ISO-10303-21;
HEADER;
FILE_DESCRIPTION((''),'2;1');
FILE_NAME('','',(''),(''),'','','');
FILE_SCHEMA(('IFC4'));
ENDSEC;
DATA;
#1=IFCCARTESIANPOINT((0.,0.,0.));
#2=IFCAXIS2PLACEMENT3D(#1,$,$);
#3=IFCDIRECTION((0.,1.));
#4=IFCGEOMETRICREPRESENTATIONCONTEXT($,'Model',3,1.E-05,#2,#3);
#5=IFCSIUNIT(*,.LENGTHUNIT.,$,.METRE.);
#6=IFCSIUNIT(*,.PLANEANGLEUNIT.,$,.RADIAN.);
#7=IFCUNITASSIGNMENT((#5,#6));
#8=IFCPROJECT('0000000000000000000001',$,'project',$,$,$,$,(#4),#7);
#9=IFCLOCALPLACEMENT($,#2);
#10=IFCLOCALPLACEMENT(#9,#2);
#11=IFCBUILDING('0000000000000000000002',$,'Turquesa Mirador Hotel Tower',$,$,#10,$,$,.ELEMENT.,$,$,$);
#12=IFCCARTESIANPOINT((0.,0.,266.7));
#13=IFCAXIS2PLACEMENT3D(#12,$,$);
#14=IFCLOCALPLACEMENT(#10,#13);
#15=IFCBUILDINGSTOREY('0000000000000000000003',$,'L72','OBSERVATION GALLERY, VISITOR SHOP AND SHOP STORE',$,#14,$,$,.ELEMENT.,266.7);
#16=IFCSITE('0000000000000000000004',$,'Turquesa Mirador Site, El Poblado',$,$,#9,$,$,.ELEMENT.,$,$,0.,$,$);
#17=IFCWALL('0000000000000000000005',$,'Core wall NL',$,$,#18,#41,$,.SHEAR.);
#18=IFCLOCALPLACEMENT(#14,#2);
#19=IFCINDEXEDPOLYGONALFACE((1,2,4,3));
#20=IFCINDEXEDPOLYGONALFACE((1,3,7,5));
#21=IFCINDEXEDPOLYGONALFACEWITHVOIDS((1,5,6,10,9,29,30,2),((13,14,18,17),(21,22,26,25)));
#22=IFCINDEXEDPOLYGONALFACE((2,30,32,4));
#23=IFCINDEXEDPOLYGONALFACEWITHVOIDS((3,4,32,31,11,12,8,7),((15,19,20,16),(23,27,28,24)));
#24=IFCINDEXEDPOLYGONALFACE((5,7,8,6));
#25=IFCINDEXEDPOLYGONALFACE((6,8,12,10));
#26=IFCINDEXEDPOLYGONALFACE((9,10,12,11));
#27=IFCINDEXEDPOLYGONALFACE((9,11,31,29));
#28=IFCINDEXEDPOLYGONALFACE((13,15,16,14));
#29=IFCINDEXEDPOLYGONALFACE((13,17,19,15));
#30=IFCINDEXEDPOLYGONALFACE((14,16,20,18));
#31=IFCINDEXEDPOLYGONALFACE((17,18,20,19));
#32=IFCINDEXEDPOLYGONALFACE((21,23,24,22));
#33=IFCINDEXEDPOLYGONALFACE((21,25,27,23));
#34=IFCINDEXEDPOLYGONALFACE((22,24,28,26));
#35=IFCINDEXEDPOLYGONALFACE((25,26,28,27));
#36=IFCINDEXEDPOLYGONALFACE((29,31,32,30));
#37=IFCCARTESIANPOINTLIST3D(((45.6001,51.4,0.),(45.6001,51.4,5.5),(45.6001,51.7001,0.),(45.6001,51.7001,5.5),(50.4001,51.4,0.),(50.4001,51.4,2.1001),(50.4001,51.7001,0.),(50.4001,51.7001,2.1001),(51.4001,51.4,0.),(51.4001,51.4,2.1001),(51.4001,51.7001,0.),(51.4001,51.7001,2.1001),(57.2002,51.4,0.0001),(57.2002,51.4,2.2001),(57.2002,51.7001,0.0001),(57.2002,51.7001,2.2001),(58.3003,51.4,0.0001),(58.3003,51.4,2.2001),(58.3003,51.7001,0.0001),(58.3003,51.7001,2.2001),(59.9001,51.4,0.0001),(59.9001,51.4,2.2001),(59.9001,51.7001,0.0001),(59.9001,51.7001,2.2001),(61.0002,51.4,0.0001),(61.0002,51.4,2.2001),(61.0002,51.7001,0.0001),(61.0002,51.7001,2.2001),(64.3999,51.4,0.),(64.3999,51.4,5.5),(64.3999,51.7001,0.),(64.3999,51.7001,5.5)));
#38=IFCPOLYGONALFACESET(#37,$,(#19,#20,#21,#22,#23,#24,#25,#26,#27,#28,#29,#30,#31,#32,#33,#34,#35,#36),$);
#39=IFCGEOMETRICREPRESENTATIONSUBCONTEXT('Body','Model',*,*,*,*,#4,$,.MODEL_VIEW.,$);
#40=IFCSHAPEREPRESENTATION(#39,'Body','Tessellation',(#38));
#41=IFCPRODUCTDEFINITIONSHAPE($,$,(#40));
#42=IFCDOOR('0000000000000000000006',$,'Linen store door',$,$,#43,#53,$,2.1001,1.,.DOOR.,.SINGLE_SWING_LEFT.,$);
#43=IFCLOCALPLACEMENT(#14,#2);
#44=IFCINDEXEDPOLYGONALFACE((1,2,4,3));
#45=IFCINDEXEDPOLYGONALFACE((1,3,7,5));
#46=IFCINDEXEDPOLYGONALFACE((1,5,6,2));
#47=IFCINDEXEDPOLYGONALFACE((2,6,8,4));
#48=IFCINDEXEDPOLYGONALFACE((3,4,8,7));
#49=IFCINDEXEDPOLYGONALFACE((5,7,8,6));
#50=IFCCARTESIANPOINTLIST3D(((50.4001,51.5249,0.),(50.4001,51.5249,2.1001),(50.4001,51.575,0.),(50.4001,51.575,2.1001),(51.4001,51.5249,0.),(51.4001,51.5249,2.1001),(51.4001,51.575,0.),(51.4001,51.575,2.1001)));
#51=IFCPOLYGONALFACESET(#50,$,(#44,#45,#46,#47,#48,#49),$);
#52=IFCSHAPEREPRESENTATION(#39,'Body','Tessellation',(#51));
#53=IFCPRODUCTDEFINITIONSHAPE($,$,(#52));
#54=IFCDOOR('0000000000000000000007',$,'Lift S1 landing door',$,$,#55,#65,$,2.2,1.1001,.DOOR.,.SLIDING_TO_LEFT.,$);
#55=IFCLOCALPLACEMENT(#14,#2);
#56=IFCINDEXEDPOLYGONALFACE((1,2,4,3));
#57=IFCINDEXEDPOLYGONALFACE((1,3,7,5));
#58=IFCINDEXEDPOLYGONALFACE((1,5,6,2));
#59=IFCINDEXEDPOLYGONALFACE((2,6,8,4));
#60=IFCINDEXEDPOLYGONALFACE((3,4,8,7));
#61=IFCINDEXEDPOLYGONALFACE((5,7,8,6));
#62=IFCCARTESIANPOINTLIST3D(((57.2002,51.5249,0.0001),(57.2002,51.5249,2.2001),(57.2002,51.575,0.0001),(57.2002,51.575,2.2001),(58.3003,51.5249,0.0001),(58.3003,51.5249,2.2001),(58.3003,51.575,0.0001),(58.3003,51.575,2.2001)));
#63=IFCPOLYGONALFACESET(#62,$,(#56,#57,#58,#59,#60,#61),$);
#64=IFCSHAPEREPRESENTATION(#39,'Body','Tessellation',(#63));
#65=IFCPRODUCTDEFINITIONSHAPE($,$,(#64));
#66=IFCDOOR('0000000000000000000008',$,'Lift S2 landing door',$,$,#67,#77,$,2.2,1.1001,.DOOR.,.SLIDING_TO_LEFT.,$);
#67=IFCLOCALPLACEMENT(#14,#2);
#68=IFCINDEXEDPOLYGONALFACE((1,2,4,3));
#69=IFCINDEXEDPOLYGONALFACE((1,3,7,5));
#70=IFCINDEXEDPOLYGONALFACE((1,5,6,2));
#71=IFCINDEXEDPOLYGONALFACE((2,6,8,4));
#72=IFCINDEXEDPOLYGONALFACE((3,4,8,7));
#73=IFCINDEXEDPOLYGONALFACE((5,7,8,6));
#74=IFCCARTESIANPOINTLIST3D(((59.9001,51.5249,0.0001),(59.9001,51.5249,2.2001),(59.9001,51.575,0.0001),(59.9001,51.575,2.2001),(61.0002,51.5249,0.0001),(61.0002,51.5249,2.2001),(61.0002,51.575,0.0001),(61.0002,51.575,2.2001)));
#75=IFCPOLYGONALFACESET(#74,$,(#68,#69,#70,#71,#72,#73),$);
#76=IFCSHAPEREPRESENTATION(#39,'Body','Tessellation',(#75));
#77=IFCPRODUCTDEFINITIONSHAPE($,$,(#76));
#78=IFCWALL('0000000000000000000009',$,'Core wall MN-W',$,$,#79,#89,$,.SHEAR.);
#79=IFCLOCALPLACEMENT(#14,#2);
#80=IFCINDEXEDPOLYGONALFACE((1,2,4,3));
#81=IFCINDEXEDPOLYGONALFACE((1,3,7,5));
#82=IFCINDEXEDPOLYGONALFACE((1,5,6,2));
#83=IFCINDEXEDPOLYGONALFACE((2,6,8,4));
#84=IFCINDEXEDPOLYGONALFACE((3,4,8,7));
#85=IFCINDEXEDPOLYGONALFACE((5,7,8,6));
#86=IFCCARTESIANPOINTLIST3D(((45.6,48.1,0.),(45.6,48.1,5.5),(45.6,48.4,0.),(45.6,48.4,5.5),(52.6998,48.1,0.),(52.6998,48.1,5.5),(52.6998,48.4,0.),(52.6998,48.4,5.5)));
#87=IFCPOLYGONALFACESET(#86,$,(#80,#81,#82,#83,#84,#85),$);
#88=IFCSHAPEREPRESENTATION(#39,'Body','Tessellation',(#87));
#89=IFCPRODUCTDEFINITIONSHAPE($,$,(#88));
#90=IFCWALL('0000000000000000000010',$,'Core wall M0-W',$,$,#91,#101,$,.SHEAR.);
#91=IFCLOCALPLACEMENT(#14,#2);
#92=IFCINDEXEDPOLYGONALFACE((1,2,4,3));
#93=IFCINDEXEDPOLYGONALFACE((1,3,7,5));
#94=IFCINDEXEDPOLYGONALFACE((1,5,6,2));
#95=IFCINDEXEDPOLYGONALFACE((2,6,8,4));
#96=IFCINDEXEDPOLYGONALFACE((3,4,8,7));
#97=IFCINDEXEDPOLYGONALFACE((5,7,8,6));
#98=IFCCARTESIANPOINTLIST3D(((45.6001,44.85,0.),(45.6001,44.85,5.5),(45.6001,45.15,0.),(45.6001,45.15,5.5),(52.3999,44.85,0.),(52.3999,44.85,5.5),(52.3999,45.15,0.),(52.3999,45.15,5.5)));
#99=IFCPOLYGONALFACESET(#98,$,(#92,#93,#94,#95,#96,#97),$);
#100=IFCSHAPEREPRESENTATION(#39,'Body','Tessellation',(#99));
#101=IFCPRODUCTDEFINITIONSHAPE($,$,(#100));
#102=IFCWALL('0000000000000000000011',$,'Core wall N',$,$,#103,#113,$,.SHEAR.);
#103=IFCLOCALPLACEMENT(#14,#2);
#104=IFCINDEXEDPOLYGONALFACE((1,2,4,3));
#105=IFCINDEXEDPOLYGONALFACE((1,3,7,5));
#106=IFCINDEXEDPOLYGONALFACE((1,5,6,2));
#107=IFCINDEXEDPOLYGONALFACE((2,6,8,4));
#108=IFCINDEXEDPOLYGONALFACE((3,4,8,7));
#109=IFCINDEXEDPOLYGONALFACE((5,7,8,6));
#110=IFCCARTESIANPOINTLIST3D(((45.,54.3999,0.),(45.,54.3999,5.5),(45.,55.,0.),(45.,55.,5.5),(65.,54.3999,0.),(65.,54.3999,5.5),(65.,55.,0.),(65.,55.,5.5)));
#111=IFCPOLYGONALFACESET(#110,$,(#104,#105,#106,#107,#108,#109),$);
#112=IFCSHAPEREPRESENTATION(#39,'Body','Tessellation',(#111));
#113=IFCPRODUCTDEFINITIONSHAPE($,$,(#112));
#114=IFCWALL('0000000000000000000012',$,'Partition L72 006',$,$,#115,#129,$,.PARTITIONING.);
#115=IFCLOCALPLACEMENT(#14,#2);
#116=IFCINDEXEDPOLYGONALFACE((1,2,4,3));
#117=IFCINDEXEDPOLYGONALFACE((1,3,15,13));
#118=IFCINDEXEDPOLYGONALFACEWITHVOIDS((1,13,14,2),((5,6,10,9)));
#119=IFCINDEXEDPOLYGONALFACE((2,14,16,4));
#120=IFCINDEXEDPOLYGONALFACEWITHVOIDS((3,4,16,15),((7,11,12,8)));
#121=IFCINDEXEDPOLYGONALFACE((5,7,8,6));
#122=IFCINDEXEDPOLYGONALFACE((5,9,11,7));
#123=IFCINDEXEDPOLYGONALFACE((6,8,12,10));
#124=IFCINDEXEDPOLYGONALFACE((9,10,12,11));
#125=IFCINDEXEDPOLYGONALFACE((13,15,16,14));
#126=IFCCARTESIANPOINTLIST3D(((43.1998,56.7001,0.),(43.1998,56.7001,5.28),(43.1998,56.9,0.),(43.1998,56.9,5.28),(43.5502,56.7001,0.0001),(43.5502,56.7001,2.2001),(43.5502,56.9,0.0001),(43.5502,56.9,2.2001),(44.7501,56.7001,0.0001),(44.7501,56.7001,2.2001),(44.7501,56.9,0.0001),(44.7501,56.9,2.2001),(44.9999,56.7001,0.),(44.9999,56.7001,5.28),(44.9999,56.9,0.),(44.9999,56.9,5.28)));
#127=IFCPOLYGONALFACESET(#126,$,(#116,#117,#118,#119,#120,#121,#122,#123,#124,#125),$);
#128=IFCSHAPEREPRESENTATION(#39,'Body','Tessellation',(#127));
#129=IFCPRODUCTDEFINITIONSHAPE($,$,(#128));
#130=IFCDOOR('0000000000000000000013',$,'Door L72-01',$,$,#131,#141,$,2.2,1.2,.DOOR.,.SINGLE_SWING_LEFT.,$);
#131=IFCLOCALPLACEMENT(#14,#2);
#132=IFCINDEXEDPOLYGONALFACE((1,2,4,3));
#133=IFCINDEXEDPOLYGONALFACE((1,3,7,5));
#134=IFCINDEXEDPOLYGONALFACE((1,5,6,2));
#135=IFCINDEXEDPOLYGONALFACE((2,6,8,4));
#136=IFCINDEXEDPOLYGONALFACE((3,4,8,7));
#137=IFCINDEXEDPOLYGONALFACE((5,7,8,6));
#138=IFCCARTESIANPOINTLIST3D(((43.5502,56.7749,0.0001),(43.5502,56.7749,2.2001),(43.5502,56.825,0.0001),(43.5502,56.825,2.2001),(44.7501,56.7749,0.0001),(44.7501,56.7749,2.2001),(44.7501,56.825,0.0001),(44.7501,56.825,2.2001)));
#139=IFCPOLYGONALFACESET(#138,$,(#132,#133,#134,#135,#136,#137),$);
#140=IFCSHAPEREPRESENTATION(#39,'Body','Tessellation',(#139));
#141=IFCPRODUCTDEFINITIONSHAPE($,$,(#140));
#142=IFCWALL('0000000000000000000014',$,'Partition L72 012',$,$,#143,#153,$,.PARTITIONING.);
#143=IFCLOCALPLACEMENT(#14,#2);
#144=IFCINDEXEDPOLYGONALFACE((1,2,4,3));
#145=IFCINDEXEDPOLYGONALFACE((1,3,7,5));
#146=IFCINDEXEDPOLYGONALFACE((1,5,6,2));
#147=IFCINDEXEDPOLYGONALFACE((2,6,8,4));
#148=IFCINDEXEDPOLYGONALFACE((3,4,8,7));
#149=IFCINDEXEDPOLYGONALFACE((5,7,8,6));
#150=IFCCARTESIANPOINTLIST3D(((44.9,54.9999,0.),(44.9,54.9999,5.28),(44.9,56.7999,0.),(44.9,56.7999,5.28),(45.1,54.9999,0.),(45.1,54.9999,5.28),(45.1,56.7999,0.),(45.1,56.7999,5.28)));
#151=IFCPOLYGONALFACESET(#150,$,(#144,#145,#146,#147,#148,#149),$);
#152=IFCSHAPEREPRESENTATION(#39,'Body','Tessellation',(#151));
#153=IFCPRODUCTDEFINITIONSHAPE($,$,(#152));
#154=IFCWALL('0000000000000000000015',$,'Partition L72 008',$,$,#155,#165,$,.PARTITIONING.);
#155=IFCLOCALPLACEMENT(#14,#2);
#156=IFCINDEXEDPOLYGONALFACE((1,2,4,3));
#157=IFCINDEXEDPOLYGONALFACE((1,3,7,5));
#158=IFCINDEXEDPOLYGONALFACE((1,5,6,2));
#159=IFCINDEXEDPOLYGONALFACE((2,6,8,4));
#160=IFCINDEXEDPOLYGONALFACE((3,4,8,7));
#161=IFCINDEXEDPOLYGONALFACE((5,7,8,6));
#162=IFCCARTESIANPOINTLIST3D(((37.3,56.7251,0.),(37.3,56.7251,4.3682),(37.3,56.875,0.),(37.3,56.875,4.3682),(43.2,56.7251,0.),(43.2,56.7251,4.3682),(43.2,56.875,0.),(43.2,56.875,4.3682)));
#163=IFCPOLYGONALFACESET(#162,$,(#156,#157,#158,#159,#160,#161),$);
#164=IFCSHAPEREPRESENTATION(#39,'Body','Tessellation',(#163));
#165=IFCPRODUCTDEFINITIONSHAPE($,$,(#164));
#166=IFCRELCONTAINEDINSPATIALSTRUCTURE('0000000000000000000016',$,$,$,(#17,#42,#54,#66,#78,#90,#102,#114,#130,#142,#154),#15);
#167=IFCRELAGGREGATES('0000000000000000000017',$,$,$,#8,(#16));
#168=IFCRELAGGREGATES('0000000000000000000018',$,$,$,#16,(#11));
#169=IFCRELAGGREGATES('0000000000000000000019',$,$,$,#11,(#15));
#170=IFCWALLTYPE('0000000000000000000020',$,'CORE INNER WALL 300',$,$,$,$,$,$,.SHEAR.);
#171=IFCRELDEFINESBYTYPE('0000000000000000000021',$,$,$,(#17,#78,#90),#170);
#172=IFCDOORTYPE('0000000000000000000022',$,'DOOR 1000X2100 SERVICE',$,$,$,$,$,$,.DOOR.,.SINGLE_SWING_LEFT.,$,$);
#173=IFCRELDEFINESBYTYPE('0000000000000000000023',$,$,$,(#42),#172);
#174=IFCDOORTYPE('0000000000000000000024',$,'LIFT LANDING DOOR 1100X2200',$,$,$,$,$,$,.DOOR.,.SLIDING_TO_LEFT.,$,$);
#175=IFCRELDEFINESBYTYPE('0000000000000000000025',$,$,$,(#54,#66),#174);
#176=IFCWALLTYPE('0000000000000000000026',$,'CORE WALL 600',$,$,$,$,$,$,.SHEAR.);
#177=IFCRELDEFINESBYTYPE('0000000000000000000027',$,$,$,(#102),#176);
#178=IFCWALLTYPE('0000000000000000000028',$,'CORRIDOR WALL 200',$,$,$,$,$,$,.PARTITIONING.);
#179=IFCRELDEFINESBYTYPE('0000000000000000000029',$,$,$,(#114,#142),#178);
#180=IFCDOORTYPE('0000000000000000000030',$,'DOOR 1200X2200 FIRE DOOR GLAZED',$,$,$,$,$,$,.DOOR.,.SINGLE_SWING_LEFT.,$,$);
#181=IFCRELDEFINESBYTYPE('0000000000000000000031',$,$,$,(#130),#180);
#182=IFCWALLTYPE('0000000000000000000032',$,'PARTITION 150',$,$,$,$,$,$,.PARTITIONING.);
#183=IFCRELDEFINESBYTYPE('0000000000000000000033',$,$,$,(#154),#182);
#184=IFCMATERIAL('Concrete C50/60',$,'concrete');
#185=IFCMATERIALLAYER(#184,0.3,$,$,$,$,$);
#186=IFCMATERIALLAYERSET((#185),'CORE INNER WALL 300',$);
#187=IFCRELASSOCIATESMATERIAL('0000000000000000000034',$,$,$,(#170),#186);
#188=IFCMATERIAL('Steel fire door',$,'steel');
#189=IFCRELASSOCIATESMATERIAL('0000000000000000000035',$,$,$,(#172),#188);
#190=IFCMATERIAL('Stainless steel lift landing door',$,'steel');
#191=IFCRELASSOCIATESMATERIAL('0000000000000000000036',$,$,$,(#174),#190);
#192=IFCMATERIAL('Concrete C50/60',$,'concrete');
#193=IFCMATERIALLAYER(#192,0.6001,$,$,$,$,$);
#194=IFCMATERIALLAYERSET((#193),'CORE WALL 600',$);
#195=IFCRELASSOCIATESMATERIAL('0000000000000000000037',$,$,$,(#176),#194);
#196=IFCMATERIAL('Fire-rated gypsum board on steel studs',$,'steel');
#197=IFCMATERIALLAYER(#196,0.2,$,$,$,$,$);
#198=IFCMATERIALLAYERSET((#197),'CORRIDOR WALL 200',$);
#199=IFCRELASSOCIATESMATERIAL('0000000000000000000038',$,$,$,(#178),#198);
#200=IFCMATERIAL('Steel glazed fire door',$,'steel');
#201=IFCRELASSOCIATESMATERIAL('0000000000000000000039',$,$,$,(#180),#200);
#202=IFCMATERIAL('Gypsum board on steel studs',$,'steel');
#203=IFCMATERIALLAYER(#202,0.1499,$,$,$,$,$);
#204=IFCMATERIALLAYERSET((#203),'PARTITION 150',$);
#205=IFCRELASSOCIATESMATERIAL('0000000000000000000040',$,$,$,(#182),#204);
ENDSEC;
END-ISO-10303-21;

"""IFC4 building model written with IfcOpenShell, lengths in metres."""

from ifc_helpers import new_model, si_unit, direction, frame, frame_2d, origin, place, context, subcontext, project, spatial, rectangle, extrude, material, layer, layer_set, type_object, element, fill, save


model = new_model("IFC4")

# Units and contexts
model_context = context("Model", 3, precision=1e-05, world=origin(), true_north=direction((0.0, 1.0)))
body_context = subcontext(model_context, "Body", "Model", "MODEL_VIEW")
ifc_project = project(units=[si_unit("LENGTHUNIT", "METRE"), si_unit("PLANEANGLEUNIT", "RADIAN")], contexts=[model_context])

# Site, building, storey
site_placement = place(None, origin())
site = spatial("IfcSite", under=ifc_project, at=site_placement, Name="Turquesa Mirador Site, El Poblado", CompositionType="ELEMENT", RefElevation=0.0)
building_placement = place(site_placement, origin())
building = spatial("IfcBuilding", under=site, at=building_placement, Name="Turquesa Mirador Hotel Tower", CompositionType="ELEMENT")
storey_placement = place(building_placement, frame((0.0, 0.0, 266.7)))
storey = spatial("IfcBuildingStorey", under=building, at=storey_placement, Name="L72", Description="OBSERVATION GALLERY, VISITOR SHOP AND SHOP STORE", CompositionType="ELEMENT", Elevation=266.7)

# Wall, openings, doors
ifc_material_1 = material(Name="Concrete C50/60", Category="concrete")
ifc_layer_1 = layer(ifc_material_1, 0.3)
ifc_layer_set_1 = layer_set([ifc_layer_1], Name="CORE INNER WALL 300")
wall_type_1 = type_object("IfcWallType", Name="CORE INNER WALL 300", PredefinedType="SHEAR", material=ifc_layer_set_1)
wall_1_placement = place(storey_placement, frame((45.6001, 51.55, 0.0), z_axis=(0.0, 0.0, 1.0), x_axis=(1.0, 0.0, 0.0)))
wall_1 = element("IfcWall", 1, at=wall_1_placement, inside=storey, type_object=wall_type_1, Name="Core wall NL", PredefinedType="SHEAR", context=body_context, shape_type="SweptSolid", body=[
    extrude(rectangle(XDim=18.7998, YDim=0.3, at=frame_2d((9.3999, 0.0))), origin(), (0.0, 0.0, 1.0), 5.5),
])
opening_1_placement = place(wall_1_placement, frame((4.8, 0.0, 0.0)))
opening_1 = element("IfcOpeningElement", 2, at=opening_1_placement, cuts=wall_1, PredefinedType="OPENING", context=body_context, shape_type="SweptSolid", body=[
    extrude(rectangle(XDim=1.0, YDim=2.1001, at=frame_2d((0.5, 1.05))), frame((0.0, 0.1599, 0.0), z_axis=(0.0, -1.0, 0.0), x_axis=(1.0, 0.0, 0.0)), (0.0, 0.0, 1.0), 0.3201),
])
opening_2_placement = place(wall_1_placement, frame((11.6001, 0.0, 0.0)))
opening_2 = element("IfcOpeningElement", 3, at=opening_2_placement, cuts=wall_1, PredefinedType="OPENING", context=body_context, shape_type="SweptSolid", body=[
    extrude(rectangle(XDim=1.1001, YDim=2.2, at=frame_2d((0.55, 1.1001))), frame((0.0, 0.1599, 0.0), z_axis=(0.0, -1.0, 0.0), x_axis=(1.0, 0.0, 0.0)), (0.0, 0.0, 1.0), 0.3201),
])
opening_3_placement = place(wall_1_placement, frame((14.3, 0.0, 0.0)))
opening_3 = element("IfcOpeningElement", 4, at=opening_3_placement, cuts=wall_1, PredefinedType="OPENING", context=body_context, shape_type="SweptSolid", body=[
    extrude(rectangle(XDim=1.1001, YDim=2.2, at=frame_2d((0.55, 1.1001))), frame((0.0, 0.1599, 0.0), z_axis=(0.0, -1.0, 0.0), x_axis=(1.0, 0.0, 0.0)), (0.0, 0.0, 1.0), 0.3201),
])
ifc_material_2 = material(Name="Steel fire door", Category="steel")
door_type_1 = type_object("IfcDoorType", Name="DOOR 1000X2100 SERVICE", OperationType="SINGLE_SWING_LEFT", PredefinedType="DOOR", material=ifc_material_2)
door_1_placement = place(opening_1_placement, origin())
door_1 = element("IfcDoor", 5, at=door_1_placement, inside=storey, type_object=door_type_1, Name="Linen store door", OperationType="SINGLE_SWING_LEFT", OverallHeight=2.1001, OverallWidth=1.0, PredefinedType="DOOR", context=body_context, shape_type="SweptSolid", body=[
    extrude(rectangle(XDim=1.0, YDim=2.1001, at=frame_2d((0.5, 1.05))), frame((0.0, 0.0249, 0.0), z_axis=(0.0, -1.0, 0.0), x_axis=(1.0, 0.0, 0.0)), (0.0, 0.0, 1.0), 0.05),
])
fill(opening_1, door_1)
ifc_material_3 = material(Name="Stainless steel lift landing door", Category="steel")
door_type_2 = type_object("IfcDoorType", Name="LIFT LANDING DOOR 1100X2200", OperationType="SLIDING_TO_LEFT", PredefinedType="DOOR", material=ifc_material_3)
door_2_placement = place(opening_2_placement, origin())
door_2 = element("IfcDoor", 6, at=door_2_placement, inside=storey, type_object=door_type_2, Name="Lift S1 landing door", OperationType="SLIDING_TO_LEFT", OverallHeight=2.2, OverallWidth=1.1001, PredefinedType="DOOR", context=body_context, shape_type="SweptSolid", body=[
    extrude(rectangle(XDim=1.1001, YDim=2.2, at=frame_2d((0.55, 1.1001))), frame((0.0, 0.0249, 0.0), z_axis=(0.0, -1.0, 0.0), x_axis=(1.0, 0.0, 0.0)), (0.0, 0.0, 1.0), 0.05),
])
fill(opening_2, door_2)
door_3_placement = place(opening_3_placement, origin())
door_3 = element("IfcDoor", 7, at=door_3_placement, inside=storey, type_object=door_type_2, Name="Lift S2 landing door", OperationType="SLIDING_TO_LEFT", OverallHeight=2.2, OverallWidth=1.1001, PredefinedType="DOOR", context=body_context, shape_type="SweptSolid", body=[
    extrude(rectangle(XDim=1.1001, YDim=2.2, at=frame_2d((0.55, 1.1001))), frame((0.0, 0.0249, 0.0), z_axis=(0.0, -1.0, 0.0), x_axis=(1.0, 0.0, 0.0)), (0.0, 0.0, 1.0), 0.05),
])
fill(opening_3, door_3)

# Walls
wall_2_placement = place(storey_placement, frame((45.6001, 48.25, 0.0), z_axis=(0.0, 0.0, 1.0), x_axis=(1.0, 0.0, 0.0)))
element("IfcWall", 8, at=wall_2_placement, inside=storey, type_object=wall_type_1, Name="Core wall MN-W", PredefinedType="SHEAR", context=body_context, shape_type="SweptSolid", body=[
    extrude(rectangle(XDim=7.0999, YDim=0.3, at=frame_2d((3.5498, 0.0))), origin(), (0.0, 0.0, 1.0), 5.5),
])
wall_3_placement = place(storey_placement, frame((45.6001, 45.0, 0.0), z_axis=(0.0, 0.0, 1.0), x_axis=(1.0, 0.0, 0.0)))
element("IfcWall", 9, at=wall_3_placement, inside=storey, type_object=wall_type_1, Name="Core wall M0-W", PredefinedType="SHEAR", context=body_context, shape_type="SweptSolid", body=[
    extrude(rectangle(XDim=6.7998, YDim=0.3, at=frame_2d((3.3999, 0.0))), origin(), (0.0, 0.0, 1.0), 5.5),
])
ifc_material_4 = material(Name="Concrete C50/60", Category="concrete")
ifc_layer_2 = layer(ifc_material_4, 0.6001)
ifc_layer_set_2 = layer_set([ifc_layer_2], Name="CORE WALL 600")
wall_type_2 = type_object("IfcWallType", Name="CORE WALL 600", PredefinedType="SHEAR", material=ifc_layer_set_2)
wall_4_placement = place(storey_placement, frame((45.0, 54.7, 0.0), z_axis=(0.0, 0.0, 1.0), x_axis=(1.0, 0.0, 0.0)))
element("IfcWall", 10, at=wall_4_placement, inside=storey, type_object=wall_type_2, Name="Core wall N", PredefinedType="SHEAR", context=body_context, shape_type="SweptSolid", body=[
    extrude(rectangle(XDim=20.0, YDim=0.6001, at=frame_2d((10.0, 0.0))), origin(), (0.0, 0.0, 1.0), 5.5),
])

# Wall, opening, door
ifc_material_5 = material(Name="Fire-rated gypsum board on steel studs", Category="steel")
ifc_layer_3 = layer(ifc_material_5, 0.2)
ifc_layer_set_3 = layer_set([ifc_layer_3], Name="CORRIDOR WALL 200")
wall_type_3 = type_object("IfcWallType", Name="CORRIDOR WALL 200", PredefinedType="PARTITIONING", material=ifc_layer_set_3)
wall_5_placement = place(storey_placement, frame((43.2, 56.8, 0.0), z_axis=(0.0, 0.0, 1.0), x_axis=(1.0, 0.0, 0.0)))
wall_5 = element("IfcWall", 11, at=wall_5_placement, inside=storey, type_object=wall_type_3, Name="Partition L72 006", PredefinedType="PARTITIONING", context=body_context, shape_type="SweptSolid", body=[
    extrude(rectangle(XDim=1.8, YDim=0.2, at=frame_2d((0.8999, 0.0))), origin(), (0.0, 0.0, 1.0), 5.28),
])
opening_4_placement = place(wall_5_placement, frame((0.3501, 0.0, 0.0)))
opening_4 = element("IfcOpeningElement", 12, at=opening_4_placement, cuts=wall_5, PredefinedType="OPENING", context=body_context, shape_type="SweptSolid", body=[
    extrude(rectangle(XDim=1.2, YDim=2.2, at=frame_2d((0.6001, 1.1001))), frame((0.0, 0.1099, 0.0), z_axis=(0.0, -1.0, 0.0), x_axis=(1.0, 0.0, 0.0)), (0.0, 0.0, 1.0), 0.22),
])
ifc_material_6 = material(Name="Steel glazed fire door", Category="steel")
door_type_3 = type_object("IfcDoorType", Name="DOOR 1200X2200 FIRE DOOR GLAZED", OperationType="SINGLE_SWING_LEFT", PredefinedType="DOOR", material=ifc_material_6)
door_4_placement = place(opening_4_placement, origin())
door_4 = element("IfcDoor", 13, at=door_4_placement, inside=storey, type_object=door_type_3, Name="Door L72-01", OperationType="SINGLE_SWING_LEFT", OverallHeight=2.2, OverallWidth=1.2, PredefinedType="DOOR", context=body_context, shape_type="SweptSolid", body=[
    extrude(rectangle(XDim=1.2, YDim=2.2, at=frame_2d((0.6001, 1.1001))), frame((0.0, 0.0249, 0.0), z_axis=(0.0, -1.0, 0.0), x_axis=(1.0, 0.0, 0.0)), (0.0, 0.0, 1.0), 0.05),
])
fill(opening_4, door_4)

# Walls
wall_6_placement = place(storey_placement, frame((45.0, 55.0, 0.0), z_axis=(0.0, 0.0, 1.0), x_axis=(0.0, 1.0, 0.0)))
element("IfcWall", 14, at=wall_6_placement, inside=storey, type_object=wall_type_3, Name="Partition L72 012", PredefinedType="PARTITIONING", context=body_context, shape_type="SweptSolid", body=[
    extrude(rectangle(XDim=1.8, YDim=0.2, at=frame_2d((0.8999, 0.0))), origin(), (0.0, 0.0, 1.0), 5.28),
])
ifc_material_7 = material(Name="Gypsum board on steel studs", Category="steel")
ifc_layer_4 = layer(ifc_material_7, 0.1499)
ifc_layer_set_4 = layer_set([ifc_layer_4], Name="PARTITION 150")
wall_type_4 = type_object("IfcWallType", Name="PARTITION 150", PredefinedType="PARTITIONING", material=ifc_layer_set_4)
for number, where, z_axis, x_axis, name in (
    (15, (37.3, 56.8, 0.0), (0.0, 0.0, 1.0), (1.0, 0.0, 0.0), "Partition L72 008"),
):
    element("IfcWall", number, at=place(storey_placement, frame(where, z_axis=z_axis, x_axis=x_axis)), inside=storey, type_object=wall_type_4, Name=name, PredefinedType="PARTITIONING", context=body_context, shape_type="SweptSolid", body=[
        extrude(rectangle(XDim=5.8999, YDim=0.1499, at=frame_2d((2.95, 0.0))), origin(), (0.0, 0.0, 1.0), 4.3682),
    ])

save(model, "model.ifc")
